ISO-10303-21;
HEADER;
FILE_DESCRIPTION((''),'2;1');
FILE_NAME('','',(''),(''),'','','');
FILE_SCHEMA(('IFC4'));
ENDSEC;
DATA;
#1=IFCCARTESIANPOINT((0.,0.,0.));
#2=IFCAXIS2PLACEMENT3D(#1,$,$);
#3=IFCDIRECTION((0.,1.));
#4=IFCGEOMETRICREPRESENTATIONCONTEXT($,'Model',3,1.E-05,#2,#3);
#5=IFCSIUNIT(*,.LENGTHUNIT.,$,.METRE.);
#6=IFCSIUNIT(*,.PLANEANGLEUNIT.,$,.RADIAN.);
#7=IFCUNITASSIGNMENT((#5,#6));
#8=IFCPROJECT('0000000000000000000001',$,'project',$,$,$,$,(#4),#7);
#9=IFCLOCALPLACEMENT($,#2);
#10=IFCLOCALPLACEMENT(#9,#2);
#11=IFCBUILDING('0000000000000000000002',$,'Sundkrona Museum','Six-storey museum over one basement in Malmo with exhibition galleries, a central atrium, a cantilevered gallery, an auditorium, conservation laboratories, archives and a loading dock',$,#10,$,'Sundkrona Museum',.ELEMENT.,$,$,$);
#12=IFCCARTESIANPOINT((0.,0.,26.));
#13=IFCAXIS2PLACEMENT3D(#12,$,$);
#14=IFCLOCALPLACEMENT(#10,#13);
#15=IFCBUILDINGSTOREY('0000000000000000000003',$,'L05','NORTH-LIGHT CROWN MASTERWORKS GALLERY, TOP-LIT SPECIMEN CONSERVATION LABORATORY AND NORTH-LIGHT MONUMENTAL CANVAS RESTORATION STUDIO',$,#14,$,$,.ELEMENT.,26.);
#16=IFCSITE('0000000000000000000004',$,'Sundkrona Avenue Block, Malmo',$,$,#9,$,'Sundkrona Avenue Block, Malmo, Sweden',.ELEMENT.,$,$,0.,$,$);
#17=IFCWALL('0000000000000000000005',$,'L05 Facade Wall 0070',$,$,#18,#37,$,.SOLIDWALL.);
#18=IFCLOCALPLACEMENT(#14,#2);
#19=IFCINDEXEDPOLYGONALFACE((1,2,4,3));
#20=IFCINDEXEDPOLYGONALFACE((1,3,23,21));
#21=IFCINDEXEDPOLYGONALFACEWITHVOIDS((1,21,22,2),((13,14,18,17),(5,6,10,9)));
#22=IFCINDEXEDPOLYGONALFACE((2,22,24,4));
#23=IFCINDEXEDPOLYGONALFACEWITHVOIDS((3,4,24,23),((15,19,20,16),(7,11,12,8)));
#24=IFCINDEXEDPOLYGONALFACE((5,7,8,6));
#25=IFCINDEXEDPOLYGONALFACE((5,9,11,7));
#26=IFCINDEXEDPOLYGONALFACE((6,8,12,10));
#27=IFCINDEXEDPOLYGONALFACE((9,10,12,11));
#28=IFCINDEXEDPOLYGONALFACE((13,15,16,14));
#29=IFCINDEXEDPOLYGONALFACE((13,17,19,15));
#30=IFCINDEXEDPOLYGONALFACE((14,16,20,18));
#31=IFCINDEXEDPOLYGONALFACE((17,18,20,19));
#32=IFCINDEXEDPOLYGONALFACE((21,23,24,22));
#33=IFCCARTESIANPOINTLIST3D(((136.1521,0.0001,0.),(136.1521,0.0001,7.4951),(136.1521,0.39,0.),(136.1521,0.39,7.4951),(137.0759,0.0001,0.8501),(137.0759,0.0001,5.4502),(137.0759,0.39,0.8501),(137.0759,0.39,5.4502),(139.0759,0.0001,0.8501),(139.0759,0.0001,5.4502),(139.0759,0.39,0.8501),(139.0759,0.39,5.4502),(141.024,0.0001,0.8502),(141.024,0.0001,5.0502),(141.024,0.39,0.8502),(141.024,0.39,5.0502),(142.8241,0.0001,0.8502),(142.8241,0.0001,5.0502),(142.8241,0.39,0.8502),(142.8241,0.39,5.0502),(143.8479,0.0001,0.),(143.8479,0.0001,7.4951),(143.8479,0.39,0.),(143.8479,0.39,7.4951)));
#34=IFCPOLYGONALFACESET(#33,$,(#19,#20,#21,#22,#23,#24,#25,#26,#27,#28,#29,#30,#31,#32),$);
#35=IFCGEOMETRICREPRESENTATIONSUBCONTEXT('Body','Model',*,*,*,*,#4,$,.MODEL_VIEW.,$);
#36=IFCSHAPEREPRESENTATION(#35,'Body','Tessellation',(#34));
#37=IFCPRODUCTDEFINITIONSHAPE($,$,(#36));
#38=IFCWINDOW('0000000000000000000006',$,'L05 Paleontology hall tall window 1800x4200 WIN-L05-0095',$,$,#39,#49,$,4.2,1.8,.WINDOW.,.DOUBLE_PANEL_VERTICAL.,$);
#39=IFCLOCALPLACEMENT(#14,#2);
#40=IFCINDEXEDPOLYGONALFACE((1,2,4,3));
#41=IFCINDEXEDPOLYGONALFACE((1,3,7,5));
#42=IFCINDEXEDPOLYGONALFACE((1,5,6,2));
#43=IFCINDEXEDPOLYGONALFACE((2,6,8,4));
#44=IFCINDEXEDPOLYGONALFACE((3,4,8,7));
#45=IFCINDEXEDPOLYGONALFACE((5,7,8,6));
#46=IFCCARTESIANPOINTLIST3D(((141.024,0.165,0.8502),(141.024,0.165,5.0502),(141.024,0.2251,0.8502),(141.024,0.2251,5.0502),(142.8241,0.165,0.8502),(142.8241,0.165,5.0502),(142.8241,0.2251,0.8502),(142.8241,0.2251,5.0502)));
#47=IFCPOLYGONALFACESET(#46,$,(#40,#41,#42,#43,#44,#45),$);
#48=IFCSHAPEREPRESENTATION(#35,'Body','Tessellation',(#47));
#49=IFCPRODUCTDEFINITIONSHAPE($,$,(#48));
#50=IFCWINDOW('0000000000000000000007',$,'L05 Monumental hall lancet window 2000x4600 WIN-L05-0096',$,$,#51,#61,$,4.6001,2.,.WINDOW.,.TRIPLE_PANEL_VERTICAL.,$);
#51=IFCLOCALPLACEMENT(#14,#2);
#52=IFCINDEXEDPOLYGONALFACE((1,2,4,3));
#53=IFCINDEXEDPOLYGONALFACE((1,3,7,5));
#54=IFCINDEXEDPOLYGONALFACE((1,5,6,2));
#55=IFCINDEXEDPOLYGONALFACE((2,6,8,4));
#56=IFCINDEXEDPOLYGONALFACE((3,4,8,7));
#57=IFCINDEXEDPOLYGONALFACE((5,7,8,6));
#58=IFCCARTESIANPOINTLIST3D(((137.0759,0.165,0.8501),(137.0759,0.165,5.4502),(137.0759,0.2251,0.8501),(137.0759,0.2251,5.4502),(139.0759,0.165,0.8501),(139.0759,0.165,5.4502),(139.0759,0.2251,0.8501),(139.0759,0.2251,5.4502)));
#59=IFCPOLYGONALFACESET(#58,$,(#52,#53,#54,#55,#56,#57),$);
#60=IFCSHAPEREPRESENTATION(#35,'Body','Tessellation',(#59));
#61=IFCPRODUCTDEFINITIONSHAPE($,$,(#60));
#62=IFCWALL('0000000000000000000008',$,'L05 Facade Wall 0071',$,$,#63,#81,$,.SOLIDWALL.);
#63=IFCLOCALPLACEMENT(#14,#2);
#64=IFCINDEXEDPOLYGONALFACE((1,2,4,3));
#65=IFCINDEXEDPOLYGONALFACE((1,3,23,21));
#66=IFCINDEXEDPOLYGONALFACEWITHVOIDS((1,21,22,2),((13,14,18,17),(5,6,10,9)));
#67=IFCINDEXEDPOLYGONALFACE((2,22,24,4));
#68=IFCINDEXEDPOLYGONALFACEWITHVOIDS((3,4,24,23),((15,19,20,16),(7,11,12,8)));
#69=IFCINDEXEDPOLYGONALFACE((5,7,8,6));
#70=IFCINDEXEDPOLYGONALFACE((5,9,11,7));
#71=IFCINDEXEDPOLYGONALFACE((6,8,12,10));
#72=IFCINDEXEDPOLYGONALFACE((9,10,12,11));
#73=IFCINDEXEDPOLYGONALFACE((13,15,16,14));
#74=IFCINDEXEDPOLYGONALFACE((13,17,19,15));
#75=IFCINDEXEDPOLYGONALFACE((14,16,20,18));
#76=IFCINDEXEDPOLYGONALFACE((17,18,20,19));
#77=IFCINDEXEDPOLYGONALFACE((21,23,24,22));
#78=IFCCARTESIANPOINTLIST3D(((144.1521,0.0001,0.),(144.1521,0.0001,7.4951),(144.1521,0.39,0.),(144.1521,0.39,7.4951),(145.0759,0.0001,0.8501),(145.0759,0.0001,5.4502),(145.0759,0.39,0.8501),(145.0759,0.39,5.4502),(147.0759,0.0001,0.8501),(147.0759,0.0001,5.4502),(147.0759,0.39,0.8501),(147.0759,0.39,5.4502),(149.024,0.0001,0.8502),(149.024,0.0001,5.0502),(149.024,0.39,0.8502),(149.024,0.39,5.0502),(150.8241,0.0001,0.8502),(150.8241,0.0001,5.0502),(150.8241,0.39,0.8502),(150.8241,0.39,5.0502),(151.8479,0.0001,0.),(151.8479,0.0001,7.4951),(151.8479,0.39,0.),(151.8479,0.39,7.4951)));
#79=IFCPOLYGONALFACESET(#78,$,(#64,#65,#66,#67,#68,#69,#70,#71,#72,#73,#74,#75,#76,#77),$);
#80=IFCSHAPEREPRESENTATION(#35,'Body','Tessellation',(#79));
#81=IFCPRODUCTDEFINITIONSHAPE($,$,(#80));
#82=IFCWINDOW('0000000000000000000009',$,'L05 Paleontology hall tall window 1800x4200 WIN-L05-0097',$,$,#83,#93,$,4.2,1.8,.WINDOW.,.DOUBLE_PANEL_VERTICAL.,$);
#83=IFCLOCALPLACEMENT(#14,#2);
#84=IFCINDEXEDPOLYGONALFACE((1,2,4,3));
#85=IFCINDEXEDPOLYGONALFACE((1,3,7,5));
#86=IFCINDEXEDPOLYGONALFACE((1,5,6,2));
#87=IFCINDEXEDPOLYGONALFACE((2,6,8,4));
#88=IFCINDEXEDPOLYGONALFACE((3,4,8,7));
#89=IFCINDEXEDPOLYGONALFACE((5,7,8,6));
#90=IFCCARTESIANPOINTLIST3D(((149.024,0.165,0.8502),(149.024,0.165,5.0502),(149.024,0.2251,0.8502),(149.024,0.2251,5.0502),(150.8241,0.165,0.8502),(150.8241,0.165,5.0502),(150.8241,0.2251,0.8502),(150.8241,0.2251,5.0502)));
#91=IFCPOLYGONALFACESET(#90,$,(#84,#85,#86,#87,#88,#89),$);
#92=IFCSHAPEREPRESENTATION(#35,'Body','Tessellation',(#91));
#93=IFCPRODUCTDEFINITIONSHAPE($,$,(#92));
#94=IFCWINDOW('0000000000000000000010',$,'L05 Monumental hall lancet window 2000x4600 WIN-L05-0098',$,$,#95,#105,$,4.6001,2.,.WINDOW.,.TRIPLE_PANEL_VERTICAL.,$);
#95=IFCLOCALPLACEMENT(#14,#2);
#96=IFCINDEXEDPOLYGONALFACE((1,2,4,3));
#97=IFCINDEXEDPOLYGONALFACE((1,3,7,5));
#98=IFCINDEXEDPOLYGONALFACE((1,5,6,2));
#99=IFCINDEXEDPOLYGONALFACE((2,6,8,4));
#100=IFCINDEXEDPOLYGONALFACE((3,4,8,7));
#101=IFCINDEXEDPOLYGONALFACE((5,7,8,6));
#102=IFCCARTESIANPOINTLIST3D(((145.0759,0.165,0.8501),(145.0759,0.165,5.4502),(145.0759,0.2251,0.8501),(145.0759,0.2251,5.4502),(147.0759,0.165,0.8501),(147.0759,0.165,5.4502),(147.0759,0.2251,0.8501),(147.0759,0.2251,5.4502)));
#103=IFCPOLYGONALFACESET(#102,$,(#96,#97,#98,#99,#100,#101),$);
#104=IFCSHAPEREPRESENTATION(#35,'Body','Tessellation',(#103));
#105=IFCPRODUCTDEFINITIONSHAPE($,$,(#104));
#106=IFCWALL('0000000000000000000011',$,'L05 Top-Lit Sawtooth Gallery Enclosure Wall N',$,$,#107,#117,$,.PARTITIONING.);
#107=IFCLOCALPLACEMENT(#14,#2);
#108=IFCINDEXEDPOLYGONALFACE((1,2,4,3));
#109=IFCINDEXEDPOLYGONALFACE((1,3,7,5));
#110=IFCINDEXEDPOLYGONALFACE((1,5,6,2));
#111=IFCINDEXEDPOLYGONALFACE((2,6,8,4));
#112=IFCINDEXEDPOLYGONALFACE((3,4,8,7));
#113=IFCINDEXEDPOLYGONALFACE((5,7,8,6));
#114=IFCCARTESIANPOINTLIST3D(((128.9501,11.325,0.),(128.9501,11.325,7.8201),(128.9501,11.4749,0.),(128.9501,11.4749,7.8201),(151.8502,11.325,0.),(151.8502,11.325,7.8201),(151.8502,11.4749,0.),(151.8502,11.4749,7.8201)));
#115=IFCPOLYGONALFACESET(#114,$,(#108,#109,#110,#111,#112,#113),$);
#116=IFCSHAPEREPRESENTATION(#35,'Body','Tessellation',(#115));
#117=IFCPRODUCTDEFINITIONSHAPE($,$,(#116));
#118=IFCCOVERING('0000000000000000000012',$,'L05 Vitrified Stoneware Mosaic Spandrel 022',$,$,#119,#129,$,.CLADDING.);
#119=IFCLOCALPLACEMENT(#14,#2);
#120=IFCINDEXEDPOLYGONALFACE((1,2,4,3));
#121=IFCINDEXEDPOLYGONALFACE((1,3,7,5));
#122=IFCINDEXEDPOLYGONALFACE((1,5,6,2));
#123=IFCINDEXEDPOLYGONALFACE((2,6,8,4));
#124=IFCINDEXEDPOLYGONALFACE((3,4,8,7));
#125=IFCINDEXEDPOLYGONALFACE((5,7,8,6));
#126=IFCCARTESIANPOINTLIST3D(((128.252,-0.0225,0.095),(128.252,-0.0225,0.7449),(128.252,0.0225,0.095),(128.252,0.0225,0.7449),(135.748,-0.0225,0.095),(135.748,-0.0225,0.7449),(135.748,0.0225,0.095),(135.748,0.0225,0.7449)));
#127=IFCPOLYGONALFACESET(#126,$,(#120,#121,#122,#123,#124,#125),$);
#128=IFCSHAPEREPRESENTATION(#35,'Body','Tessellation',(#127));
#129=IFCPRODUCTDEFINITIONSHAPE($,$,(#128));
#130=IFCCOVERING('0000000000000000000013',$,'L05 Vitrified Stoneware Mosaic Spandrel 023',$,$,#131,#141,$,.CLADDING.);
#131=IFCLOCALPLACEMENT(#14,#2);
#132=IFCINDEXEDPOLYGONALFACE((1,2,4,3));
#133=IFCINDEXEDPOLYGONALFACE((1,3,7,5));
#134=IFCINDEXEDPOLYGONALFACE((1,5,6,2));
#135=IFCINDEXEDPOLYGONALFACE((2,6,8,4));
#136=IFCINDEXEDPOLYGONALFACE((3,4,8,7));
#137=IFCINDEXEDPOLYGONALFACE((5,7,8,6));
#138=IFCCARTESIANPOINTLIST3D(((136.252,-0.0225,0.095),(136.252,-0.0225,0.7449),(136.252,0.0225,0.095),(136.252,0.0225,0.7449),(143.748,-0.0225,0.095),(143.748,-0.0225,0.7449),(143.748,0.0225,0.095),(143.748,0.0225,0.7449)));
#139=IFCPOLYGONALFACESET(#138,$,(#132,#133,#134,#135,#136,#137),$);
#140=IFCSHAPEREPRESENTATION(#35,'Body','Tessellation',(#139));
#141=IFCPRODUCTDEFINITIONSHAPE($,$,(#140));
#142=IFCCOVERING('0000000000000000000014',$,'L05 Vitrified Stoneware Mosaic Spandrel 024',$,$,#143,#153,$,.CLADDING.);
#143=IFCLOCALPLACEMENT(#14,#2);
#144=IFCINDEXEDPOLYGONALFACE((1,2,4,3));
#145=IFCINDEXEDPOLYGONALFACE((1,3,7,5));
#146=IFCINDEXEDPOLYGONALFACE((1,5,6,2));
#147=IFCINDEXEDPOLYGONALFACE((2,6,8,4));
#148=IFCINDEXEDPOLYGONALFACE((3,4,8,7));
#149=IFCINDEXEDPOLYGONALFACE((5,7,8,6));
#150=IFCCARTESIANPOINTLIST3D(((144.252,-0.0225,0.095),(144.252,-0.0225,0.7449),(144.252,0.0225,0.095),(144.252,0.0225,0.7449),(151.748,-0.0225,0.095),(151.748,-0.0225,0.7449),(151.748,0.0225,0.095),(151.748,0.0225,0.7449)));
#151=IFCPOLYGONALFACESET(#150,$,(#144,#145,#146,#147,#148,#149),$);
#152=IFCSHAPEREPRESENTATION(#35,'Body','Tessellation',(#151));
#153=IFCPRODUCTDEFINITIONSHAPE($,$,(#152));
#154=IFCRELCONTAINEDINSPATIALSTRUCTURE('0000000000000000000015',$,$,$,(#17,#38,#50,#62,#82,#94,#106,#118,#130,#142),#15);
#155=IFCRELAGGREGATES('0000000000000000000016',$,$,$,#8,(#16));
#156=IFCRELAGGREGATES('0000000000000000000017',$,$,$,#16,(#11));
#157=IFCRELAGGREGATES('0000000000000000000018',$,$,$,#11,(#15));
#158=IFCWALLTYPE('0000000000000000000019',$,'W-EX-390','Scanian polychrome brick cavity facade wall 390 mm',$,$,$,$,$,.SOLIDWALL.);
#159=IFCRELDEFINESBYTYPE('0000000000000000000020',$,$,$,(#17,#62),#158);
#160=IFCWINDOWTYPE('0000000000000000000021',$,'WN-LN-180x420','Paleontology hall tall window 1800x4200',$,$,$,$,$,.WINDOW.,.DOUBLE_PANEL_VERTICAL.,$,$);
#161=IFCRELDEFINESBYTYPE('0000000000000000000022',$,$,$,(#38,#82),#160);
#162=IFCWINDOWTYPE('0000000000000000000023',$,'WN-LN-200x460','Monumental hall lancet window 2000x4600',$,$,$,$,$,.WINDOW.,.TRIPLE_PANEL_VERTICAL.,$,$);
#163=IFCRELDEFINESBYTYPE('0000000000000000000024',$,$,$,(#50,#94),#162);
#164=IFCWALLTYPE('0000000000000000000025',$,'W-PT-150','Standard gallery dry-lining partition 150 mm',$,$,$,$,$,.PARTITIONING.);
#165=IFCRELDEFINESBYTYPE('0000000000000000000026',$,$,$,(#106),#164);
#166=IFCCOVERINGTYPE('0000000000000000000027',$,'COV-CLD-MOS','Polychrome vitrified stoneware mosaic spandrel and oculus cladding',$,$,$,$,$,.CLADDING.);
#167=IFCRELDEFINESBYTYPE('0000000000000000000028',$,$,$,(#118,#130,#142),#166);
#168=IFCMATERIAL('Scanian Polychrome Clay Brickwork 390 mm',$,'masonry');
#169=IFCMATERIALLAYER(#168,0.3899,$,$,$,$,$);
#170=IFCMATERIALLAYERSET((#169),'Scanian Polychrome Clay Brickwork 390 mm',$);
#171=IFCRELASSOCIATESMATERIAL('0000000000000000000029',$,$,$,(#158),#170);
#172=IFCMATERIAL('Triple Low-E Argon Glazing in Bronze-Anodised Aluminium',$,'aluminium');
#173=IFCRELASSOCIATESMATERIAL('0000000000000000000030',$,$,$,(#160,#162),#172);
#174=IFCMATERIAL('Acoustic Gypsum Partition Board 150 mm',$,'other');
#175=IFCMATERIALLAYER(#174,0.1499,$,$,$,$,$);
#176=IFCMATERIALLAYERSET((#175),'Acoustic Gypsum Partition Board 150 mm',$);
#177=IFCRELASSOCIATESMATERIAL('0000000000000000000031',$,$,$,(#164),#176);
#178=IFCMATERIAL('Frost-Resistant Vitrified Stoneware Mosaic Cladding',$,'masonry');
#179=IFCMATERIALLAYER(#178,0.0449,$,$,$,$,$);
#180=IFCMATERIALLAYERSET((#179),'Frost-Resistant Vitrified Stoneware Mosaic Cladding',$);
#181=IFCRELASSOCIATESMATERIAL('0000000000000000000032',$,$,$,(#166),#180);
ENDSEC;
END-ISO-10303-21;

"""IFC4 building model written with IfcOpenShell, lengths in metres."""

from ifc_helpers import new_model, si_unit, direction, frame, frame_2d, origin, origin_2d, place, context, subcontext, project, spatial, rectangle, extrude, material, layer, layer_set, type_object, element, fill, save


model = new_model("IFC4")

# Units and contexts
model_context = context("Model", 3, precision=1e-05, world=origin(), true_north=direction((0.0, 1.0)))
body_context = subcontext(model_context, "Body", "Model", "MODEL_VIEW")
ifc_project = project(units=[si_unit("LENGTHUNIT", "METRE"), si_unit("PLANEANGLEUNIT", "RADIAN")], contexts=[model_context])

# Site, building, storey
site_placement = place(None, origin())
site = spatial("IfcSite", under=ifc_project, at=site_placement, Name="Sundkrona Avenue Block, Malmo", LongName="Sundkrona Avenue Block, Malmo, Sweden", CompositionType="ELEMENT", RefElevation=0.0)
building_placement = place(site_placement, origin())
building = spatial("IfcBuilding", under=site, at=building_placement, Name="Sundkrona Museum", Description="Six-storey museum over one basement in Malmo with exhibition galleries, a central atrium, a cantilevered gallery, an auditorium, conservation laboratories, archives and a loading dock", LongName="Sundkrona Museum", CompositionType="ELEMENT")
storey_placement = place(building_placement, frame((0.0, 0.0, 26.0)))
storey = spatial("IfcBuildingStorey", under=building, at=storey_placement, Name="L05", Description="NORTH-LIGHT CROWN MASTERWORKS GALLERY, TOP-LIT SPECIMEN CONSERVATION LABORATORY AND NORTH-LIGHT MONUMENTAL CANVAS RESTORATION STUDIO", CompositionType="ELEMENT", Elevation=26.0)

# Walls, openings, windows
ifc_material_1 = material(Name="Scanian Polychrome Clay Brickwork 390 mm", Category="masonry")
ifc_layer_1 = layer(ifc_material_1, 0.3899)
ifc_layer_set_1 = layer_set([ifc_layer_1], Name="Scanian Polychrome Clay Brickwork 390 mm")
wall_type_1 = type_object("IfcWallType", Name="W-EX-390", Description="Scanian polychrome brick cavity facade wall 390 mm", PredefinedType="SOLIDWALL", material=ifc_layer_set_1)
ifc_material_2 = material(Name="Triple Low-E Argon Glazing in Bronze-Anodised Aluminium", Category="aluminium")
window_type_1 = type_object("IfcWindowType", Name="WN-LN-180x420", Description="Paleontology hall tall window 1800x4200", PartitioningType="DOUBLE_PANEL_VERTICAL", PredefinedType="WINDOW", material=ifc_material_2)
window_type_2 = type_object("IfcWindowType", Name="WN-LN-200x460", Description="Monumental hall lancet window 2000x4600", PartitioningType="TRIPLE_PANEL_VERTICAL", PredefinedType="WINDOW", material=ifc_material_2)
wall_1_placement = place(storey_placement, frame((143.8479, 0.1951, 0.0), z_axis=(0.0, 0.0, 1.0), x_axis=(-1.0, 0.0, 0.0)))
wall_1 = element("IfcWall", 1, at=wall_1_placement, inside=storey, type_object=wall_type_1, Name="L05 Facade Wall 0070", PredefinedType="SOLIDWALL", context=body_context, shape_type="SweptSolid", body=[
    extrude(rectangle(XDim=7.6958, YDim=0.3899, at=frame_2d((3.8479, 0.0))), origin(), (0.0, 0.0, 1.0), 7.4951),
])
opening_1_placement = place(wall_1_placement, frame((1.0239, 0.0, 0.8501)))
opening_1 = element("IfcOpeningElement", 2, at=opening_1_placement, cuts=wall_1, PredefinedType="OPENING", context=body_context, shape_type="SweptSolid", body=[
    extrude(rectangle(XDim=1.8, YDim=4.2, at=frame_2d((0.8999, 2.1001))), frame((0.0, 0.2048, 0.0), z_axis=(0.0, -1.0, 0.0), x_axis=(1.0, 0.0, 0.0)), (0.0, 0.0, 1.0), 0.4099),
])
opening_2_placement = place(wall_1_placement, frame((4.772, 0.0, 0.8501)))
opening_2 = element("IfcOpeningElement", 3, at=opening_2_placement, cuts=wall_1, PredefinedType="OPENING", context=body_context, shape_type="SweptSolid", body=[
    extrude(rectangle(XDim=2.0, YDim=4.6001, at=frame_2d((1.0, 2.3))), frame((0.0, 0.2048, 0.0), z_axis=(0.0, -1.0, 0.0), x_axis=(1.0, 0.0, 0.0)), (0.0, 0.0, 1.0), 0.4099),
])
window_1_placement = place(opening_1_placement, origin())
window_1 = element("IfcWindow", 4, at=window_1_placement, inside=storey, type_object=window_type_1, Name="L05 Paleontology hall tall window 1800x4200 WIN-L05-0095", OverallHeight=4.2, OverallWidth=1.8, PartitioningType="DOUBLE_PANEL_VERTICAL", PredefinedType="WINDOW", context=body_context, shape_type="SweptSolid", body=[
    extrude(rectangle(XDim=1.8, YDim=4.2, at=frame_2d((0.8999, 2.1001))), frame((0.0, 0.03, 0.0), z_axis=(0.0, -1.0, 0.0), x_axis=(1.0, 0.0, 0.0)), (0.0, 0.0, 1.0), 0.0601),
])
fill(opening_1, window_1)
window_2_placement = place(opening_2_placement, origin())
window_2 = element("IfcWindow", 5, at=window_2_placement, inside=storey, type_object=window_type_2, Name="L05 Monumental hall lancet window 2000x4600 WIN-L05-0096", OverallHeight=4.6001, OverallWidth=2.0, PartitioningType="TRIPLE_PANEL_VERTICAL", PredefinedType="WINDOW", context=body_context, shape_type="SweptSolid", body=[
    extrude(rectangle(XDim=2.0, YDim=4.6001, at=frame_2d((1.0, 2.3))), frame((0.0, 0.03, 0.0), z_axis=(0.0, -1.0, 0.0), x_axis=(1.0, 0.0, 0.0)), (0.0, 0.0, 1.0), 0.0601),
])
fill(opening_2, window_2)
wall_2_placement = place(storey_placement, frame((151.8479, 0.1951, 0.0), z_axis=(0.0, 0.0, 1.0), x_axis=(-1.0, 0.0, 0.0)))
wall_2 = element("IfcWall", 6, at=wall_2_placement, inside=storey, type_object=wall_type_1, Name="L05 Facade Wall 0071", PredefinedType="SOLIDWALL", context=body_context, shape_type="SweptSolid", body=[
    extrude(rectangle(XDim=7.6958, YDim=0.3899, at=frame_2d((3.8479, 0.0))), origin(), (0.0, 0.0, 1.0), 7.4951),
])
opening_3_placement = place(wall_2_placement, frame((1.0239, 0.0, 0.8501)))
opening_3 = element("IfcOpeningElement", 7, at=opening_3_placement, cuts=wall_2, PredefinedType="OPENING", context=body_context, shape_type="SweptSolid", body=[
    extrude(rectangle(XDim=1.8, YDim=4.2, at=frame_2d((0.8999, 2.1001))), frame((0.0, 0.2048, 0.0), z_axis=(0.0, -1.0, 0.0), x_axis=(1.0, 0.0, 0.0)), (0.0, 0.0, 1.0), 0.4099),
])
opening_4_placement = place(wall_2_placement, frame((4.772, 0.0, 0.8501)))
opening_4 = element("IfcOpeningElement", 8, at=opening_4_placement, cuts=wall_2, PredefinedType="OPENING", context=body_context, shape_type="SweptSolid", body=[
    extrude(rectangle(XDim=2.0, YDim=4.6001, at=frame_2d((1.0, 2.3))), frame((0.0, 0.2048, 0.0), z_axis=(0.0, -1.0, 0.0), x_axis=(1.0, 0.0, 0.0)), (0.0, 0.0, 1.0), 0.4099),
])
window_3_placement = place(opening_3_placement, origin())
window_3 = element("IfcWindow", 9, at=window_3_placement, inside=storey, type_object=window_type_1, Name="L05 Paleontology hall tall window 1800x4200 WIN-L05-0097", OverallHeight=4.2, OverallWidth=1.8, PartitioningType="DOUBLE_PANEL_VERTICAL", PredefinedType="WINDOW", context=body_context, shape_type="SweptSolid", body=[
    extrude(rectangle(XDim=1.8, YDim=4.2, at=frame_2d((0.8999, 2.1001))), frame((0.0, 0.03, 0.0), z_axis=(0.0, -1.0, 0.0), x_axis=(1.0, 0.0, 0.0)), (0.0, 0.0, 1.0), 0.0601),
])
fill(opening_3, window_3)
window_4_placement = place(opening_4_placement, origin())
window_4 = element("IfcWindow", 10, at=window_4_placement, inside=storey, type_object=window_type_2, Name="L05 Monumental hall lancet window 2000x4600 WIN-L05-0098", OverallHeight=4.6001, OverallWidth=2.0, PartitioningType="TRIPLE_PANEL_VERTICAL", PredefinedType="WINDOW", context=body_context, shape_type="SweptSolid", body=[
    extrude(rectangle(XDim=2.0, YDim=4.6001, at=frame_2d((1.0, 2.3))), frame((0.0, 0.03, 0.0), z_axis=(0.0, -1.0, 0.0), x_axis=(1.0, 0.0, 0.0)), (0.0, 0.0, 1.0), 0.0601),
])
fill(opening_4, window_4)

# Wall
ifc_material_3 = material(Name="Acoustic Gypsum Partition Board 150 mm", Category="other")
ifc_layer_2 = layer(ifc_material_3, 0.1499)
ifc_layer_set_2 = layer_set([ifc_layer_2], Name="Acoustic Gypsum Partition Board 150 mm")
wall_type_2 = type_object("IfcWallType", Name="W-PT-150", Description="Standard gallery dry-lining partition 150 mm", PredefinedType="PARTITIONING", material=ifc_layer_set_2)
wall_3_placement = place(storey_placement, frame((128.95, 11.3999, 0.0), z_axis=(0.0, 0.0, 1.0), x_axis=(1.0, 0.0, 0.0)))
element("IfcWall", 11, at=wall_3_placement, inside=storey, type_object=wall_type_2, Name="L05 Top-Lit Sawtooth Gallery Enclosure Wall N", PredefinedType="PARTITIONING", context=body_context, shape_type="SweptSolid", body=[
    extrude(rectangle(XDim=22.9001, YDim=0.1499, at=frame_2d((11.4502, 0.0))), origin(), (0.0, 0.0, 1.0), 7.8201),
])

# Coverings
ifc_material_4 = material(Name="Frost-Resistant Vitrified Stoneware Mosaic Cladding", Category="masonry")
ifc_layer_3 = layer(ifc_material_4, 0.0449)
ifc_layer_set_3 = layer_set([ifc_layer_3], Name="Frost-Resistant Vitrified Stoneware Mosaic Cladding")
covering_type = type_object("IfcCoveringType", Name="COV-CLD-MOS", Description="Polychrome vitrified stoneware mosaic spandrel and oculus cladding", PredefinedType="CLADDING", material=ifc_layer_set_3)
for number, where, z_axis, x_axis, name in (
    (12, (132.0, 0.0, 0.095), (0.0, 0.0, 1.0), (1.0, 0.0, 0.0), "L05 Vitrified Stoneware Mosaic Spandrel 022"),
    (13, (140.0, 0.0, 0.095), (0.0, 0.0, 1.0), (1.0, 0.0, 0.0), "L05 Vitrified Stoneware Mosaic Spandrel 023"),
    (14, (148.0, 0.0, 0.095), (0.0, 0.0, 1.0), (1.0, 0.0, 0.0), "L05 Vitrified Stoneware Mosaic Spandrel 024"),
):
    element("IfcCovering", number, at=place(storey_placement, frame(where, z_axis=z_axis, x_axis=x_axis)), inside=storey, type_object=covering_type, Name=name, PredefinedType="CLADDING", context=body_context, shape_type="SweptSolid", body=[
        extrude(rectangle(XDim=7.4961, YDim=0.0449, at=origin_2d()), origin(), (0.0, 0.0, 1.0), 0.6499),
    ])

save(model, "model.ifc")
